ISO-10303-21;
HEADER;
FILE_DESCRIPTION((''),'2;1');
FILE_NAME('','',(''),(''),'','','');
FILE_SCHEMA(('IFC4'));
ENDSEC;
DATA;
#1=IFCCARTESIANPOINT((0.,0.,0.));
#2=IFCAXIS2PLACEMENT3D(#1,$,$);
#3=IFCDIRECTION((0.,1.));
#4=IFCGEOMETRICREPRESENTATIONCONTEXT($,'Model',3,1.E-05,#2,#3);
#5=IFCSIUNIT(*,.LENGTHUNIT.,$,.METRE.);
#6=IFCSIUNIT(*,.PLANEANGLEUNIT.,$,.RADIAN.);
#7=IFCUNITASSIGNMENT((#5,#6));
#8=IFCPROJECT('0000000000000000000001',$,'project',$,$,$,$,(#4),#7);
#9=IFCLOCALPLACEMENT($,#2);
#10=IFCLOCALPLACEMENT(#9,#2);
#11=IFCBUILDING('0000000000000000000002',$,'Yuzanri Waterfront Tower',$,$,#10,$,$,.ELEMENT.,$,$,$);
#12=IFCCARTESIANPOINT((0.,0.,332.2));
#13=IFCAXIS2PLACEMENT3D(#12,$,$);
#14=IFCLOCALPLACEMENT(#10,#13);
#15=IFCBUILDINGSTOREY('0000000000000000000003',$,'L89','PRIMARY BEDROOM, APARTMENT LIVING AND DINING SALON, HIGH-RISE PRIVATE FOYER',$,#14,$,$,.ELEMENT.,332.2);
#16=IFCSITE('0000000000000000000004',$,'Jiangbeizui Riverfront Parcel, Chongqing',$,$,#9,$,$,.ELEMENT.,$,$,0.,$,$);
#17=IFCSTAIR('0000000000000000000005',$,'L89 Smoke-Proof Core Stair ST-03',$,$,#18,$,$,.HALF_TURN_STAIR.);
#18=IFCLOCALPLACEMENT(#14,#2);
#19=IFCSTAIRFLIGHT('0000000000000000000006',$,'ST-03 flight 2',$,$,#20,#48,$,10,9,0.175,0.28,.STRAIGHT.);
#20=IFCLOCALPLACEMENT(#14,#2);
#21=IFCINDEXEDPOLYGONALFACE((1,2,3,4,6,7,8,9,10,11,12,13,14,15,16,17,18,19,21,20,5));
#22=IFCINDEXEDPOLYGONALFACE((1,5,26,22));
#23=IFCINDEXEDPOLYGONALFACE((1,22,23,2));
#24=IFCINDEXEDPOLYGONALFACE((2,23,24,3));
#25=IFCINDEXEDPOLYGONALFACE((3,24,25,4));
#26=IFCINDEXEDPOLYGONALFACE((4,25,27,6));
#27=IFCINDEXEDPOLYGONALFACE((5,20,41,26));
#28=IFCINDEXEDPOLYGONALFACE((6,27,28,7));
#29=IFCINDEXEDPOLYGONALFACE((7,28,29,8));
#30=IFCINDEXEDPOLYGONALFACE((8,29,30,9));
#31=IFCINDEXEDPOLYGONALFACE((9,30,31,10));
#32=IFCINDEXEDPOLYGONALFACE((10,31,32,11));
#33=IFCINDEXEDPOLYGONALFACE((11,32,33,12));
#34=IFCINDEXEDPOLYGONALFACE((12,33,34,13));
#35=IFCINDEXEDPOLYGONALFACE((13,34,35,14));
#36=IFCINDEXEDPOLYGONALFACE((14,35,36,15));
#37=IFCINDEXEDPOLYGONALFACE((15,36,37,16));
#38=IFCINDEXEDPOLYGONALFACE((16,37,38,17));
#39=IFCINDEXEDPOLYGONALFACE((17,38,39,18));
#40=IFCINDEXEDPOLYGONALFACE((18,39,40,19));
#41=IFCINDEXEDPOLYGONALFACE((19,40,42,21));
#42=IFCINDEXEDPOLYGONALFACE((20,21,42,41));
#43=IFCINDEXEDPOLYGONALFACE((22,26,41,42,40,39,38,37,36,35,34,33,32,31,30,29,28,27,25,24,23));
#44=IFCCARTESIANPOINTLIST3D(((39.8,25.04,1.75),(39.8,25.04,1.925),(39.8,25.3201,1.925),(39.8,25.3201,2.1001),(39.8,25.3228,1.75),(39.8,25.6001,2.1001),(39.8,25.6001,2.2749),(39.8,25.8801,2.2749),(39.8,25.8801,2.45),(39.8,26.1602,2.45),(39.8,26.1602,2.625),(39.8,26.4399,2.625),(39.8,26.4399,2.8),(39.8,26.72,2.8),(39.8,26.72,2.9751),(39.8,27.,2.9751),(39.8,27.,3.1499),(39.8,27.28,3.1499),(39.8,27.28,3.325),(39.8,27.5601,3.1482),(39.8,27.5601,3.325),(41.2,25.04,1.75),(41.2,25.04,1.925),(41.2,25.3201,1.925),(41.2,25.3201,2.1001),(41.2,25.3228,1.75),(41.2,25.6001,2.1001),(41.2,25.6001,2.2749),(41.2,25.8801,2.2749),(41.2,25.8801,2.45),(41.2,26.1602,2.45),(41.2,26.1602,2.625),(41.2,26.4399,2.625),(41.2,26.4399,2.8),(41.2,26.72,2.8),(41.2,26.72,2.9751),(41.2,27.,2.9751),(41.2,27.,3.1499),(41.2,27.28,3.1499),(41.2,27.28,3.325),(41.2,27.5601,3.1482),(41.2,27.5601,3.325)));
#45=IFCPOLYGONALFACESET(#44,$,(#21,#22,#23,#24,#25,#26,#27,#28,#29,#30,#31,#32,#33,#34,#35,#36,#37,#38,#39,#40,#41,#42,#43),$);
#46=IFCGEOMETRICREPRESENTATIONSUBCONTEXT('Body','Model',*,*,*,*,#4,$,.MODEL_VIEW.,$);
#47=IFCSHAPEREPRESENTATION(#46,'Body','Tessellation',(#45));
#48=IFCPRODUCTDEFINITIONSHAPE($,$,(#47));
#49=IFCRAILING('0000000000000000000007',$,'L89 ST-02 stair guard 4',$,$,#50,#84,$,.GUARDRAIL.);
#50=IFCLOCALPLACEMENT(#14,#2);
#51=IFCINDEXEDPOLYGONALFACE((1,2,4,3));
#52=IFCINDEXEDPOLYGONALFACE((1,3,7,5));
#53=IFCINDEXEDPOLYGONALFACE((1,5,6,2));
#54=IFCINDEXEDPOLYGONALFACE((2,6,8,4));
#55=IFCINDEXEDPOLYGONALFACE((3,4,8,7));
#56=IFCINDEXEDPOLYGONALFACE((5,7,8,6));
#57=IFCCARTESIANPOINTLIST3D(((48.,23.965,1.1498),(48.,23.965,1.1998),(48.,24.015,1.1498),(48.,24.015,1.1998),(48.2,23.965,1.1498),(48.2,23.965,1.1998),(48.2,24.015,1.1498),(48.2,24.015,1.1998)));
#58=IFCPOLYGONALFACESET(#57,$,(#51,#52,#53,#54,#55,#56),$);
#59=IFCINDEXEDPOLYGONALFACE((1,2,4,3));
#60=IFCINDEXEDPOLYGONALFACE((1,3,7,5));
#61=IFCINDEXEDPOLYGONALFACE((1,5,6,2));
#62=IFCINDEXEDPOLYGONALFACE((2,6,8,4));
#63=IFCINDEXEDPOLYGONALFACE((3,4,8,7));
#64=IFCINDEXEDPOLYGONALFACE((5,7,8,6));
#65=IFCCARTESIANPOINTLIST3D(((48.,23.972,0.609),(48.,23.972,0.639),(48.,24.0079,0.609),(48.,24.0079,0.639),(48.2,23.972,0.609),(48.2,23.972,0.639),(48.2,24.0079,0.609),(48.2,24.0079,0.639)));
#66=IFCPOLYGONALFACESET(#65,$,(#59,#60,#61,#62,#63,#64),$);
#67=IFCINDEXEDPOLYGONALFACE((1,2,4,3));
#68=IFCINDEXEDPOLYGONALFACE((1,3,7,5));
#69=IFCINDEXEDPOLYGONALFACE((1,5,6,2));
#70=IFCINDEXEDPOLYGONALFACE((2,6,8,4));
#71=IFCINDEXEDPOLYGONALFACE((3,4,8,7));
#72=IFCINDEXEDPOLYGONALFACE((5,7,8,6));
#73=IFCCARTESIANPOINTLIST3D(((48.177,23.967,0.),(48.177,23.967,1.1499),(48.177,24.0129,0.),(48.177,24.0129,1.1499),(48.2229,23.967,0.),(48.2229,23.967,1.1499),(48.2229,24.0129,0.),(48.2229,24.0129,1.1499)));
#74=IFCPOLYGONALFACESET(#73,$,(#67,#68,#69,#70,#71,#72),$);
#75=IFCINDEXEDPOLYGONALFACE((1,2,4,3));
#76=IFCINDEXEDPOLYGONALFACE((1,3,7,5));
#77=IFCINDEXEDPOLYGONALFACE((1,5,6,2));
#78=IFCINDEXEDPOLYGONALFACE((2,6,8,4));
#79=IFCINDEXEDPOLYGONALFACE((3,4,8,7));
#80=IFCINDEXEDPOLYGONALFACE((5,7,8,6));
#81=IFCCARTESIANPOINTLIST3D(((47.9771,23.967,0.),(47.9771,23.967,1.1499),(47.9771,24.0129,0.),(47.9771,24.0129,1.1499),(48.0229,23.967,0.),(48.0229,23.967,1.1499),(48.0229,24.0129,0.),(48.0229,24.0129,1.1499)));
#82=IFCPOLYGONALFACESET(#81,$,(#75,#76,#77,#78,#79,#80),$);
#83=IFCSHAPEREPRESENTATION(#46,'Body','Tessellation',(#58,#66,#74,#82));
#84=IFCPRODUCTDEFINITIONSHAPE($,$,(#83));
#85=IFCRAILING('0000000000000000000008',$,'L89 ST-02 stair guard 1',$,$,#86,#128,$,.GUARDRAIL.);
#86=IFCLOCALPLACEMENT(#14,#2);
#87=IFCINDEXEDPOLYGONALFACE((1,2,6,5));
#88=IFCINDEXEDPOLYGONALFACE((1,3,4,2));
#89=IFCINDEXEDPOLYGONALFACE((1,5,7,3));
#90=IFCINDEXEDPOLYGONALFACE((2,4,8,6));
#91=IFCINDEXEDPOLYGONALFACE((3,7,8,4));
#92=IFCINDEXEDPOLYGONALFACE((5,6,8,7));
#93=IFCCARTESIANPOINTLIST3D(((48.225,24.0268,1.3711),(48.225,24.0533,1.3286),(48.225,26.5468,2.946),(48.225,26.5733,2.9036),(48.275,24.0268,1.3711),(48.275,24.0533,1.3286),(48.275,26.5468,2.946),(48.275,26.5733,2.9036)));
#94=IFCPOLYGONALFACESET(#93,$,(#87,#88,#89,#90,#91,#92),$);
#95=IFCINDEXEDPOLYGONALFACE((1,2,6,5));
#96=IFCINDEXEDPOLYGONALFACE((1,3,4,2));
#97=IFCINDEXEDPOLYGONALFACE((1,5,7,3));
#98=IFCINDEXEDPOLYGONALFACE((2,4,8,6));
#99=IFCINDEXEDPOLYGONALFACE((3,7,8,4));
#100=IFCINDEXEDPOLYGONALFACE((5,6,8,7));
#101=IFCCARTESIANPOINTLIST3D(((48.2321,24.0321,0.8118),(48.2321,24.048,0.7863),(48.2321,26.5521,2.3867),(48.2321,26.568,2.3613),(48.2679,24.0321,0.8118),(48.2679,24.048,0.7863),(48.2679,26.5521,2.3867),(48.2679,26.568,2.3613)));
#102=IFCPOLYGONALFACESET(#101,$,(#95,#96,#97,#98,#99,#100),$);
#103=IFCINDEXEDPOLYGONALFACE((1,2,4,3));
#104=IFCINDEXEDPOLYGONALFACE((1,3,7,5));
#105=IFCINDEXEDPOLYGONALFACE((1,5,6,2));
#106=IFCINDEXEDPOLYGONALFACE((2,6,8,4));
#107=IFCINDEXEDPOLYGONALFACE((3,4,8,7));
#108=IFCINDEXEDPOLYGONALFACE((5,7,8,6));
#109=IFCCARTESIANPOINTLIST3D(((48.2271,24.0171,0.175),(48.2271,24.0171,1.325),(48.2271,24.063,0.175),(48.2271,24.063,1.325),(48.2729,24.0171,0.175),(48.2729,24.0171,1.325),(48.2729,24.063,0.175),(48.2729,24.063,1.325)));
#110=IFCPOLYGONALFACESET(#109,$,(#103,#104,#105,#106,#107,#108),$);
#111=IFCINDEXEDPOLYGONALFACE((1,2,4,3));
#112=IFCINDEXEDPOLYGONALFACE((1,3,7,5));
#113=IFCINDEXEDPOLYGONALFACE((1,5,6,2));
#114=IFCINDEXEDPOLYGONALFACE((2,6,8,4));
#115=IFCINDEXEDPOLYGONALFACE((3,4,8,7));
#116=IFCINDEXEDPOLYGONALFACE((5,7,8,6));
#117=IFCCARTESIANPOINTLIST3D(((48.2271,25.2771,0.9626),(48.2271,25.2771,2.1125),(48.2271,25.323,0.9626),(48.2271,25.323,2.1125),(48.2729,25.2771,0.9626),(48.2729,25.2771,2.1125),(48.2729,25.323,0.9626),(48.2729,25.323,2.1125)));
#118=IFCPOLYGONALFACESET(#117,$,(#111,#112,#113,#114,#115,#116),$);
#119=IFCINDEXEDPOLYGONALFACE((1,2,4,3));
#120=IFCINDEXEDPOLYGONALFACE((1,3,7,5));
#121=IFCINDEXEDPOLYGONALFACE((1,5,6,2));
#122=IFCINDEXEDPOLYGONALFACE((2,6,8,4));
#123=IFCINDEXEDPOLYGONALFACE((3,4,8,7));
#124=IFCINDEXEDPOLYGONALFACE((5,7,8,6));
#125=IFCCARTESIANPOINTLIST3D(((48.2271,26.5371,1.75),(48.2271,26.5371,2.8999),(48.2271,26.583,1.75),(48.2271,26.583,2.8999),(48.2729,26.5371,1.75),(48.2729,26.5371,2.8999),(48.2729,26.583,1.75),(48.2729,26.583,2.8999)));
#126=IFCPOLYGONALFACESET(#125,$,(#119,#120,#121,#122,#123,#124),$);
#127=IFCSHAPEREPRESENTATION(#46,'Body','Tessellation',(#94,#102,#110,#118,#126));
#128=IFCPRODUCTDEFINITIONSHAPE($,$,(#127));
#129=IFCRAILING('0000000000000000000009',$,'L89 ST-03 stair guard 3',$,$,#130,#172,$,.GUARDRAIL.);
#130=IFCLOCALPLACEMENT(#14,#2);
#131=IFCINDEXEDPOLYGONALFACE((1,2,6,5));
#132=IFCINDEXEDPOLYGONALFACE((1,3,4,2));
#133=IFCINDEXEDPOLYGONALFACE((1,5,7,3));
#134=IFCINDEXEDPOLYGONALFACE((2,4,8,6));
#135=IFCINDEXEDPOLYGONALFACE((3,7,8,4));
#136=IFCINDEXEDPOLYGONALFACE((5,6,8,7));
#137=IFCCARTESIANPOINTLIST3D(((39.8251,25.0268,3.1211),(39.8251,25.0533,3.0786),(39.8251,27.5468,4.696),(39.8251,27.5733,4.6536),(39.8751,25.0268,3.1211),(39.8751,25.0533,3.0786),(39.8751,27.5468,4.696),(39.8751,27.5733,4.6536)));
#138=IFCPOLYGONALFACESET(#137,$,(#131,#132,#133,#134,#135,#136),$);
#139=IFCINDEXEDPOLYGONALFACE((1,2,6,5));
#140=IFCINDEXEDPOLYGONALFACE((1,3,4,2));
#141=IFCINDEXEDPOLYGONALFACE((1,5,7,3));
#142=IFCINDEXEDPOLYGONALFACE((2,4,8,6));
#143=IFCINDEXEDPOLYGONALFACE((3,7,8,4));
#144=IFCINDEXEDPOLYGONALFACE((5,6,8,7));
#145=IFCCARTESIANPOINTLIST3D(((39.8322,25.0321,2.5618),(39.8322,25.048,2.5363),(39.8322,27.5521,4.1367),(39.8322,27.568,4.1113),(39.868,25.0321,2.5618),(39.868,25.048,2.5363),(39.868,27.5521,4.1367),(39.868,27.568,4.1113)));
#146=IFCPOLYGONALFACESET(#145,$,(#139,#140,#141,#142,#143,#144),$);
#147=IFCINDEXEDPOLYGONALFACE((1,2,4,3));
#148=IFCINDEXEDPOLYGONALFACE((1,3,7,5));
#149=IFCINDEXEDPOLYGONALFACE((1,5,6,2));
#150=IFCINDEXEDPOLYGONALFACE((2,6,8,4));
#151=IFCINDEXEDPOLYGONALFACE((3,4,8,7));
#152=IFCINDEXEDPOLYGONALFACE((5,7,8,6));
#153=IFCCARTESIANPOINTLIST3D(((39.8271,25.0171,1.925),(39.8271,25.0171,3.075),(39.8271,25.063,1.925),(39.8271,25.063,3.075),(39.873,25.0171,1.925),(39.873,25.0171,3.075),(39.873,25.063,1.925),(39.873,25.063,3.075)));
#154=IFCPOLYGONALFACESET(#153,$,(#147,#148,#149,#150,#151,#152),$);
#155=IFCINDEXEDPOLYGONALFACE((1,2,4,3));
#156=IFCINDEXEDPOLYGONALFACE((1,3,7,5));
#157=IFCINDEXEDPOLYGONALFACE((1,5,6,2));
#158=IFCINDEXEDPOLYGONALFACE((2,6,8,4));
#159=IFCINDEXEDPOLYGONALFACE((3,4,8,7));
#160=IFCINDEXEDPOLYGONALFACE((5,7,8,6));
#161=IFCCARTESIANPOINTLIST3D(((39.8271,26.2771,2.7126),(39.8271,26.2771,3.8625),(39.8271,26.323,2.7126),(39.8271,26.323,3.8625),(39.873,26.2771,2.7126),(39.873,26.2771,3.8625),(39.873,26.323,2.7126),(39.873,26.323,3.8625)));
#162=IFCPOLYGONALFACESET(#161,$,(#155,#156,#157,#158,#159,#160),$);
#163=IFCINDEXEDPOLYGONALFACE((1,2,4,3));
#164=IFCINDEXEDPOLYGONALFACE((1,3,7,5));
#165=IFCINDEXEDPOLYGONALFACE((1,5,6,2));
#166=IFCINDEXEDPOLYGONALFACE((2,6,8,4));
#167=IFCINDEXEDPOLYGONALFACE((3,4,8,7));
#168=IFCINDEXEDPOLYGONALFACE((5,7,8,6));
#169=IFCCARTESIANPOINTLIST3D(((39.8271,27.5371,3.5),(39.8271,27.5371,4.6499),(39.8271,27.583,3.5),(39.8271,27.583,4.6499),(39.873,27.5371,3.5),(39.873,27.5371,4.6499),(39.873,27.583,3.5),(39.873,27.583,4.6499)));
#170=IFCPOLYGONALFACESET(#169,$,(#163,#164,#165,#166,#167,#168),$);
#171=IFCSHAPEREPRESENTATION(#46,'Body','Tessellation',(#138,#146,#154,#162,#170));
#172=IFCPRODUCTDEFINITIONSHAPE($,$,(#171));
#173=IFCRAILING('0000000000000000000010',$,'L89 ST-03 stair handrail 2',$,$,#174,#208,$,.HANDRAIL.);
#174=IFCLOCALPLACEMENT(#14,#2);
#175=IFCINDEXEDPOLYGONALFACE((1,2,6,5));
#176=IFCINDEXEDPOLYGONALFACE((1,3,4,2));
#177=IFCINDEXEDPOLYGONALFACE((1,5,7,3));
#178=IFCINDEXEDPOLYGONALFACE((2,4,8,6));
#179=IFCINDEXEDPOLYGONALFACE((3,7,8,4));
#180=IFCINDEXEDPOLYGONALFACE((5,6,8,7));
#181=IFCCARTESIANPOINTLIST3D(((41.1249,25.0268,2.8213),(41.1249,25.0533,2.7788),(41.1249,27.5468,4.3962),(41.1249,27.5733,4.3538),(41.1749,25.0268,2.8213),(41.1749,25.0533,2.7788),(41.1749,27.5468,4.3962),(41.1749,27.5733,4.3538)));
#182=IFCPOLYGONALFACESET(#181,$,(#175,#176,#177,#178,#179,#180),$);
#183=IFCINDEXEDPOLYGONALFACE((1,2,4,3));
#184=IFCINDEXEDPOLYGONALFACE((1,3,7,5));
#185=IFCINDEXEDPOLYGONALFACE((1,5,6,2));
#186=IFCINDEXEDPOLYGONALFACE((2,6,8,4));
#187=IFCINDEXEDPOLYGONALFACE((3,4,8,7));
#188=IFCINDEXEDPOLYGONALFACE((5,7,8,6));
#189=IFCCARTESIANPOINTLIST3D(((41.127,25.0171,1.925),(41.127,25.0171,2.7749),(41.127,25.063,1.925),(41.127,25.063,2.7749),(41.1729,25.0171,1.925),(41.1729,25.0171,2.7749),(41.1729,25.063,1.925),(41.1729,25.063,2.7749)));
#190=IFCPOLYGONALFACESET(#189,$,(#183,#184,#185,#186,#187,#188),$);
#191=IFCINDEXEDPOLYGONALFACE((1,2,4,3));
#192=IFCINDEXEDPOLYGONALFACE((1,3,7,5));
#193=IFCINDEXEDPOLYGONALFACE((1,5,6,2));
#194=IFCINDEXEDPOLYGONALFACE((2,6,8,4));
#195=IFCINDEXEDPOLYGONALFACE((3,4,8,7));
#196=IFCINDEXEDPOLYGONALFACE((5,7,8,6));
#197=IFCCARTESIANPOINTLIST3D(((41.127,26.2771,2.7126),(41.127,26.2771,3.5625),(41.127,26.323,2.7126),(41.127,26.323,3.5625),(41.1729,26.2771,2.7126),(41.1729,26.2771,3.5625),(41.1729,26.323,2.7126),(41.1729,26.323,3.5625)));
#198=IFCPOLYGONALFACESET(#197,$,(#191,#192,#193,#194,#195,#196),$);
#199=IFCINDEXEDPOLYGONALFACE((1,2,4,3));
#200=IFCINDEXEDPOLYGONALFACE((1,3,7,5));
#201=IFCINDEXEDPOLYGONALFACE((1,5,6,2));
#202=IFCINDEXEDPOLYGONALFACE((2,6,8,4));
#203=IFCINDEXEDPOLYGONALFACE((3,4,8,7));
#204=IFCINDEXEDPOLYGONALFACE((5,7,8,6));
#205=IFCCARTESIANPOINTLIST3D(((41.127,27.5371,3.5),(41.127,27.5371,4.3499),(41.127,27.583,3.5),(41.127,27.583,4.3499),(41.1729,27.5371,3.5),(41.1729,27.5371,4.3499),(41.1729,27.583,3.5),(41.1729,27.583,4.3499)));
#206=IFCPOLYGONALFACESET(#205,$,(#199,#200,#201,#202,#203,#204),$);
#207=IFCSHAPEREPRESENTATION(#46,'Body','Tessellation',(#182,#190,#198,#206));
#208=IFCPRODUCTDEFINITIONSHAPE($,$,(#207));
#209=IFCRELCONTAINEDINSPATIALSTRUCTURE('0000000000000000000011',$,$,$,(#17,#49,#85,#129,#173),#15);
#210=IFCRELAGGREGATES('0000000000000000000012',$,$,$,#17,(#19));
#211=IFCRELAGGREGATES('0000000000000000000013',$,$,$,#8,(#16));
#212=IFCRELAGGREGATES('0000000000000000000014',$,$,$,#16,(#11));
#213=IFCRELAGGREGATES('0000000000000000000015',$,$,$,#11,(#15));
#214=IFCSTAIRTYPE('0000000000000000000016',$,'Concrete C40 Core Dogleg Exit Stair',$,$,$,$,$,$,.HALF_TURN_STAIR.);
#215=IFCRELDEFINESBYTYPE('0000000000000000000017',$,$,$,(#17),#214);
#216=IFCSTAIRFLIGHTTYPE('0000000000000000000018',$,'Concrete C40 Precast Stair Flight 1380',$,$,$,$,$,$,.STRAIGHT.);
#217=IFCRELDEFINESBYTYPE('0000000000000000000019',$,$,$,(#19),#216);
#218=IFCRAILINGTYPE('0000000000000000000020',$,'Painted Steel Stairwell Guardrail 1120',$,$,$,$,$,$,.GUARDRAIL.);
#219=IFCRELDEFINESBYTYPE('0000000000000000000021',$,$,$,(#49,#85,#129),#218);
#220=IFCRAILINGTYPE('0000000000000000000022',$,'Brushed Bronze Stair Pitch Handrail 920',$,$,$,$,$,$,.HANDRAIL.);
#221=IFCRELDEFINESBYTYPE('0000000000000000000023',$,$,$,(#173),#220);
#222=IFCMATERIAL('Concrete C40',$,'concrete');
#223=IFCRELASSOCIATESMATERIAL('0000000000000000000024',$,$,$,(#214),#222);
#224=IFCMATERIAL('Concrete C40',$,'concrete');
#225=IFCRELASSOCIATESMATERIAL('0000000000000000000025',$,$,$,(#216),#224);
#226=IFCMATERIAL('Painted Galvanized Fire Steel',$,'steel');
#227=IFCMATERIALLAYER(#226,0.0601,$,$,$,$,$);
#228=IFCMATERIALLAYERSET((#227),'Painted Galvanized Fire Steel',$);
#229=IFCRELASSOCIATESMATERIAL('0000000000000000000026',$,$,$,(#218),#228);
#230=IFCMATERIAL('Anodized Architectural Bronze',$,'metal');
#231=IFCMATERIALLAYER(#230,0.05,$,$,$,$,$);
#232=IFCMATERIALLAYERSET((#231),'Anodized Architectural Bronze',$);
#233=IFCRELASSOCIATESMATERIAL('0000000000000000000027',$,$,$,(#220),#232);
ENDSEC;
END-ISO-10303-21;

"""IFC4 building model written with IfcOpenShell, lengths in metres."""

from ifc_helpers import new_model, si_unit, direction, frame, origin, origin_2d, place, context, subcontext, project, spatial, polyline, rectangle, outline, extrude, source, transform, mapped, material, layer, layer_set, type_object, element, aggregate, save


model = new_model("IFC4")

# Units and contexts
model_context = context("Model", 3, precision=1e-05, world=origin(), true_north=direction((0.0, 1.0)))
body_context = subcontext(model_context, "Body", "Model", "MODEL_VIEW")
ifc_project = project(units=[si_unit("LENGTHUNIT", "METRE"), si_unit("PLANEANGLEUNIT", "RADIAN")], contexts=[model_context])

# Site, building, storey
site_placement = place(None, origin())
site = spatial("IfcSite", under=ifc_project, at=site_placement, Name="Jiangbeizui Riverfront Parcel, Chongqing", CompositionType="ELEMENT", RefElevation=0.0)
building_placement = place(site_placement, origin())
building = spatial("IfcBuilding", under=site, at=building_placement, Name="Yuzanri Waterfront Tower", CompositionType="ELEMENT")
storey_placement = place(building_placement, frame((0.0, 0.0, 332.2)))
storey = spatial("IfcBuildingStorey", under=building, at=storey_placement, Name="L89", Description="PRIMARY BEDROOM, APARTMENT LIVING AND DINING SALON, HIGH-RISE PRIVATE FOYER", CompositionType="ELEMENT", Elevation=332.2)

# Stair, stair flight
ifc_material_1 = material(Name="Concrete C40", Category="concrete")
stair_type = type_object("IfcStairType", Name="Concrete C40 Core Dogleg Exit Stair", PredefinedType="HALF_TURN_STAIR", material=ifc_material_1)
stair_placement = place(storey_placement, origin())
stair = element("IfcStair", 1, at=stair_placement, inside=storey, type_object=stair_type, Name="L89 Smoke-Proof Core Stair ST-03", PredefinedType="HALF_TURN_STAIR")
ifc_material_2 = material(Name="Concrete C40", Category="concrete")
stair_flight_type = type_object("IfcStairFlightType", Name="Concrete C40 Precast Stair Flight 1380", PredefinedType="STRAIGHT", material=ifc_material_2)
shared_shape_1 = source(origin(), body_context, "Body", "SweptSolid", [
    extrude(outline(polyline([(0.0, 0.0), (0.0, 0.175), (0.28, 0.175), (0.28, 0.3501), (0.5601, 0.3501), (0.5601, 0.5249), (0.8401, 0.5249), (0.8401, 0.7), (1.1201, 0.7), (1.1201, 0.875), (1.3999, 0.875), (1.3999, 1.05), (1.6799, 1.05), (1.6799, 1.2251), (1.96, 1.2251), (1.96, 1.3999), (2.24, 1.3999), (2.24, 1.575), (2.52, 1.575), (2.52, 1.75), (2.52, 1.3982), (0.2827, 0.0), (0.0, 0.0)])), frame((0.0, 0.7, 0.0), z_axis=(0.0, -1.0, 0.0), x_axis=(1.0, 0.0, 0.0)), (0.0, 0.0, 1.0), 1.3999),
])
stair_flight_placement = place(storey_placement, frame((40.5, 25.04, 1.75), z_axis=(0.0, 0.0, 1.0), x_axis=(0.0, 1.0, 0.0)))
stair_flight = element("IfcStairFlight", 2, at=stair_flight_placement, type_object=stair_flight_type, Name="ST-03 flight 2", NumberOfRisers=10, NumberOfTreads=9, PredefinedType="STRAIGHT", RiserHeight=0.175, TreadLength=0.28, context=body_context, shape_type="MappedRepresentation", body=[
    mapped(shared_shape_1, transform((0.0, 0.0, 0.0), scale=1.0)),
])
aggregate(stair, [stair_flight])

# Railings
ifc_material_3 = material(Name="Painted Galvanized Fire Steel", Category="steel")
ifc_layer_1 = layer(ifc_material_3, 0.0601)
ifc_layer_set_1 = layer_set([ifc_layer_1], Name="Painted Galvanized Fire Steel")
railing_type_1 = type_object("IfcRailingType", Name="Painted Steel Stairwell Guardrail 1120", PredefinedType="GUARDRAIL", material=ifc_layer_set_1)
shared_shape_2 = source(origin(), body_context, "Body", "SweptSolid", [
    extrude(rectangle(XDim=0.05, YDim=0.05, at=origin_2d()), frame((0.0, 0.0, 1.1748), z_axis=(-1.0, 0.0, 0.0), x_axis=(0.0, -1.0, 0.0)), (0.0, 0.0, 1.0), 0.2),
    extrude(rectangle(XDim=0.0359, YDim=0.03, at=origin_2d()), frame((0.0, 0.0, 0.624), z_axis=(-1.0, 0.0, 0.0), x_axis=(0.0, -1.0, 0.0)), (0.0, 0.0, 1.0), 0.2),
    extrude(rectangle(XDim=0.0459, YDim=0.0459, at=origin_2d()), origin(), (0.0, 0.0, 1.0), 1.1499),
    extrude(rectangle(XDim=0.0459, YDim=0.0459, at=origin_2d()), frame((-0.2, 0.0, 0.0)), (0.0, 0.0, 1.0), 1.1499),
])
railing_1_placement = place(storey_placement, frame((48.2, 23.99, 0.0)))
element("IfcRailing", 3, at=railing_1_placement, inside=storey, type_object=railing_type_1, Name="L89 ST-02 stair guard 4", PredefinedType="GUARDRAIL", context=body_context, shape_type="MappedRepresentation", body=[
    mapped(shared_shape_2, transform((0.0, 0.0, 0.0), scale=1.0)),
])
shared_shape_3 = source(origin(), body_context, "Body", "SweptSolid", [
    extrude(rectangle(XDim=0.05, YDim=0.05, at=origin_2d()), frame((0.0, 0.0, 1.1748), z_axis=(0.0, 0.848008, 0.529984), x_axis=(-1.0, 0.0, 0.0)), (0.0, 0.0, 1.0), 2.9717),
    extrude(rectangle(XDim=0.0359, YDim=0.03, at=origin_2d()), frame((0.0, 0.0, 0.624), z_axis=(0.0, 0.848008, 0.529984), x_axis=(-1.0, 0.0, 0.0)), (0.0, 0.0, 1.0), 2.9717),
    extrude(rectangle(XDim=0.0459, YDim=0.0459, at=origin_2d()), origin(), (0.0, 0.0, 1.0), 1.1499),
    extrude(rectangle(XDim=0.0459, YDim=0.0459, at=origin_2d()), frame((0.0, 1.26, 0.7876)), (0.0, 0.0, 1.0), 1.1499),
    extrude(rectangle(XDim=0.0459, YDim=0.0459, at=origin_2d()), frame((0.0, 2.52, 1.575)), (0.0, 0.0, 1.0), 1.1499),
])
for number, where, name in (
    (4, (48.25, 24.04, 0.175), "L89 ST-02 stair guard 1"),
    (5, (39.8501, 25.04, 1.925), "L89 ST-03 stair guard 3"),
):
    element("IfcRailing", number, at=place(storey_placement, frame(where)), inside=storey, type_object=railing_type_1, Name=name, PredefinedType="GUARDRAIL", context=body_context, shape_type="MappedRepresentation", body=[
        mapped(shared_shape_3, transform((0.0, 0.0, 0.0), scale=1.0)),
    ])
ifc_material_4 = material(Name="Anodized Architectural Bronze", Category="metal")
ifc_layer_2 = layer(ifc_material_4, 0.05)
ifc_layer_set_2 = layer_set([ifc_layer_2], Name="Anodized Architectural Bronze")
railing_type_2 = type_object("IfcRailingType", Name="Brushed Bronze Stair Pitch Handrail 920", PredefinedType="HANDRAIL", material=ifc_layer_set_2)
shared_shape_4 = source(origin(), body_context, "Body", "SweptSolid", [
    extrude(rectangle(XDim=0.05, YDim=0.05, at=origin_2d()), frame((0.0, 0.0, 0.875), z_axis=(0.0, 0.848008, 0.529984), x_axis=(-1.0, 0.0, 0.0)), (0.0, 0.0, 1.0), 2.9717),
    extrude(rectangle(XDim=0.0459, YDim=0.0459, at=origin_2d()), origin(), (0.0, 0.0, 1.0), 0.8499),
    extrude(rectangle(XDim=0.0459, YDim=0.0459, at=origin_2d()), frame((0.0, 1.26, 0.7876)), (0.0, 0.0, 1.0), 0.8499),
    extrude(rectangle(XDim=0.0459, YDim=0.0459, at=origin_2d()), frame((0.0, 2.52, 1.575)), (0.0, 0.0, 1.0), 0.8499),
])
railing_2_placement = place(storey_placement, frame((41.1499, 25.04, 1.925)))
element("IfcRailing", 6, at=railing_2_placement, inside=storey, type_object=railing_type_2, Name="L89 ST-03 stair handrail 2", PredefinedType="HANDRAIL", context=body_context, shape_type="MappedRepresentation", body=[
    mapped(shared_shape_4, transform((0.0, 0.0, 0.0), scale=1.0)),
])

save(model, "model.ifc")
